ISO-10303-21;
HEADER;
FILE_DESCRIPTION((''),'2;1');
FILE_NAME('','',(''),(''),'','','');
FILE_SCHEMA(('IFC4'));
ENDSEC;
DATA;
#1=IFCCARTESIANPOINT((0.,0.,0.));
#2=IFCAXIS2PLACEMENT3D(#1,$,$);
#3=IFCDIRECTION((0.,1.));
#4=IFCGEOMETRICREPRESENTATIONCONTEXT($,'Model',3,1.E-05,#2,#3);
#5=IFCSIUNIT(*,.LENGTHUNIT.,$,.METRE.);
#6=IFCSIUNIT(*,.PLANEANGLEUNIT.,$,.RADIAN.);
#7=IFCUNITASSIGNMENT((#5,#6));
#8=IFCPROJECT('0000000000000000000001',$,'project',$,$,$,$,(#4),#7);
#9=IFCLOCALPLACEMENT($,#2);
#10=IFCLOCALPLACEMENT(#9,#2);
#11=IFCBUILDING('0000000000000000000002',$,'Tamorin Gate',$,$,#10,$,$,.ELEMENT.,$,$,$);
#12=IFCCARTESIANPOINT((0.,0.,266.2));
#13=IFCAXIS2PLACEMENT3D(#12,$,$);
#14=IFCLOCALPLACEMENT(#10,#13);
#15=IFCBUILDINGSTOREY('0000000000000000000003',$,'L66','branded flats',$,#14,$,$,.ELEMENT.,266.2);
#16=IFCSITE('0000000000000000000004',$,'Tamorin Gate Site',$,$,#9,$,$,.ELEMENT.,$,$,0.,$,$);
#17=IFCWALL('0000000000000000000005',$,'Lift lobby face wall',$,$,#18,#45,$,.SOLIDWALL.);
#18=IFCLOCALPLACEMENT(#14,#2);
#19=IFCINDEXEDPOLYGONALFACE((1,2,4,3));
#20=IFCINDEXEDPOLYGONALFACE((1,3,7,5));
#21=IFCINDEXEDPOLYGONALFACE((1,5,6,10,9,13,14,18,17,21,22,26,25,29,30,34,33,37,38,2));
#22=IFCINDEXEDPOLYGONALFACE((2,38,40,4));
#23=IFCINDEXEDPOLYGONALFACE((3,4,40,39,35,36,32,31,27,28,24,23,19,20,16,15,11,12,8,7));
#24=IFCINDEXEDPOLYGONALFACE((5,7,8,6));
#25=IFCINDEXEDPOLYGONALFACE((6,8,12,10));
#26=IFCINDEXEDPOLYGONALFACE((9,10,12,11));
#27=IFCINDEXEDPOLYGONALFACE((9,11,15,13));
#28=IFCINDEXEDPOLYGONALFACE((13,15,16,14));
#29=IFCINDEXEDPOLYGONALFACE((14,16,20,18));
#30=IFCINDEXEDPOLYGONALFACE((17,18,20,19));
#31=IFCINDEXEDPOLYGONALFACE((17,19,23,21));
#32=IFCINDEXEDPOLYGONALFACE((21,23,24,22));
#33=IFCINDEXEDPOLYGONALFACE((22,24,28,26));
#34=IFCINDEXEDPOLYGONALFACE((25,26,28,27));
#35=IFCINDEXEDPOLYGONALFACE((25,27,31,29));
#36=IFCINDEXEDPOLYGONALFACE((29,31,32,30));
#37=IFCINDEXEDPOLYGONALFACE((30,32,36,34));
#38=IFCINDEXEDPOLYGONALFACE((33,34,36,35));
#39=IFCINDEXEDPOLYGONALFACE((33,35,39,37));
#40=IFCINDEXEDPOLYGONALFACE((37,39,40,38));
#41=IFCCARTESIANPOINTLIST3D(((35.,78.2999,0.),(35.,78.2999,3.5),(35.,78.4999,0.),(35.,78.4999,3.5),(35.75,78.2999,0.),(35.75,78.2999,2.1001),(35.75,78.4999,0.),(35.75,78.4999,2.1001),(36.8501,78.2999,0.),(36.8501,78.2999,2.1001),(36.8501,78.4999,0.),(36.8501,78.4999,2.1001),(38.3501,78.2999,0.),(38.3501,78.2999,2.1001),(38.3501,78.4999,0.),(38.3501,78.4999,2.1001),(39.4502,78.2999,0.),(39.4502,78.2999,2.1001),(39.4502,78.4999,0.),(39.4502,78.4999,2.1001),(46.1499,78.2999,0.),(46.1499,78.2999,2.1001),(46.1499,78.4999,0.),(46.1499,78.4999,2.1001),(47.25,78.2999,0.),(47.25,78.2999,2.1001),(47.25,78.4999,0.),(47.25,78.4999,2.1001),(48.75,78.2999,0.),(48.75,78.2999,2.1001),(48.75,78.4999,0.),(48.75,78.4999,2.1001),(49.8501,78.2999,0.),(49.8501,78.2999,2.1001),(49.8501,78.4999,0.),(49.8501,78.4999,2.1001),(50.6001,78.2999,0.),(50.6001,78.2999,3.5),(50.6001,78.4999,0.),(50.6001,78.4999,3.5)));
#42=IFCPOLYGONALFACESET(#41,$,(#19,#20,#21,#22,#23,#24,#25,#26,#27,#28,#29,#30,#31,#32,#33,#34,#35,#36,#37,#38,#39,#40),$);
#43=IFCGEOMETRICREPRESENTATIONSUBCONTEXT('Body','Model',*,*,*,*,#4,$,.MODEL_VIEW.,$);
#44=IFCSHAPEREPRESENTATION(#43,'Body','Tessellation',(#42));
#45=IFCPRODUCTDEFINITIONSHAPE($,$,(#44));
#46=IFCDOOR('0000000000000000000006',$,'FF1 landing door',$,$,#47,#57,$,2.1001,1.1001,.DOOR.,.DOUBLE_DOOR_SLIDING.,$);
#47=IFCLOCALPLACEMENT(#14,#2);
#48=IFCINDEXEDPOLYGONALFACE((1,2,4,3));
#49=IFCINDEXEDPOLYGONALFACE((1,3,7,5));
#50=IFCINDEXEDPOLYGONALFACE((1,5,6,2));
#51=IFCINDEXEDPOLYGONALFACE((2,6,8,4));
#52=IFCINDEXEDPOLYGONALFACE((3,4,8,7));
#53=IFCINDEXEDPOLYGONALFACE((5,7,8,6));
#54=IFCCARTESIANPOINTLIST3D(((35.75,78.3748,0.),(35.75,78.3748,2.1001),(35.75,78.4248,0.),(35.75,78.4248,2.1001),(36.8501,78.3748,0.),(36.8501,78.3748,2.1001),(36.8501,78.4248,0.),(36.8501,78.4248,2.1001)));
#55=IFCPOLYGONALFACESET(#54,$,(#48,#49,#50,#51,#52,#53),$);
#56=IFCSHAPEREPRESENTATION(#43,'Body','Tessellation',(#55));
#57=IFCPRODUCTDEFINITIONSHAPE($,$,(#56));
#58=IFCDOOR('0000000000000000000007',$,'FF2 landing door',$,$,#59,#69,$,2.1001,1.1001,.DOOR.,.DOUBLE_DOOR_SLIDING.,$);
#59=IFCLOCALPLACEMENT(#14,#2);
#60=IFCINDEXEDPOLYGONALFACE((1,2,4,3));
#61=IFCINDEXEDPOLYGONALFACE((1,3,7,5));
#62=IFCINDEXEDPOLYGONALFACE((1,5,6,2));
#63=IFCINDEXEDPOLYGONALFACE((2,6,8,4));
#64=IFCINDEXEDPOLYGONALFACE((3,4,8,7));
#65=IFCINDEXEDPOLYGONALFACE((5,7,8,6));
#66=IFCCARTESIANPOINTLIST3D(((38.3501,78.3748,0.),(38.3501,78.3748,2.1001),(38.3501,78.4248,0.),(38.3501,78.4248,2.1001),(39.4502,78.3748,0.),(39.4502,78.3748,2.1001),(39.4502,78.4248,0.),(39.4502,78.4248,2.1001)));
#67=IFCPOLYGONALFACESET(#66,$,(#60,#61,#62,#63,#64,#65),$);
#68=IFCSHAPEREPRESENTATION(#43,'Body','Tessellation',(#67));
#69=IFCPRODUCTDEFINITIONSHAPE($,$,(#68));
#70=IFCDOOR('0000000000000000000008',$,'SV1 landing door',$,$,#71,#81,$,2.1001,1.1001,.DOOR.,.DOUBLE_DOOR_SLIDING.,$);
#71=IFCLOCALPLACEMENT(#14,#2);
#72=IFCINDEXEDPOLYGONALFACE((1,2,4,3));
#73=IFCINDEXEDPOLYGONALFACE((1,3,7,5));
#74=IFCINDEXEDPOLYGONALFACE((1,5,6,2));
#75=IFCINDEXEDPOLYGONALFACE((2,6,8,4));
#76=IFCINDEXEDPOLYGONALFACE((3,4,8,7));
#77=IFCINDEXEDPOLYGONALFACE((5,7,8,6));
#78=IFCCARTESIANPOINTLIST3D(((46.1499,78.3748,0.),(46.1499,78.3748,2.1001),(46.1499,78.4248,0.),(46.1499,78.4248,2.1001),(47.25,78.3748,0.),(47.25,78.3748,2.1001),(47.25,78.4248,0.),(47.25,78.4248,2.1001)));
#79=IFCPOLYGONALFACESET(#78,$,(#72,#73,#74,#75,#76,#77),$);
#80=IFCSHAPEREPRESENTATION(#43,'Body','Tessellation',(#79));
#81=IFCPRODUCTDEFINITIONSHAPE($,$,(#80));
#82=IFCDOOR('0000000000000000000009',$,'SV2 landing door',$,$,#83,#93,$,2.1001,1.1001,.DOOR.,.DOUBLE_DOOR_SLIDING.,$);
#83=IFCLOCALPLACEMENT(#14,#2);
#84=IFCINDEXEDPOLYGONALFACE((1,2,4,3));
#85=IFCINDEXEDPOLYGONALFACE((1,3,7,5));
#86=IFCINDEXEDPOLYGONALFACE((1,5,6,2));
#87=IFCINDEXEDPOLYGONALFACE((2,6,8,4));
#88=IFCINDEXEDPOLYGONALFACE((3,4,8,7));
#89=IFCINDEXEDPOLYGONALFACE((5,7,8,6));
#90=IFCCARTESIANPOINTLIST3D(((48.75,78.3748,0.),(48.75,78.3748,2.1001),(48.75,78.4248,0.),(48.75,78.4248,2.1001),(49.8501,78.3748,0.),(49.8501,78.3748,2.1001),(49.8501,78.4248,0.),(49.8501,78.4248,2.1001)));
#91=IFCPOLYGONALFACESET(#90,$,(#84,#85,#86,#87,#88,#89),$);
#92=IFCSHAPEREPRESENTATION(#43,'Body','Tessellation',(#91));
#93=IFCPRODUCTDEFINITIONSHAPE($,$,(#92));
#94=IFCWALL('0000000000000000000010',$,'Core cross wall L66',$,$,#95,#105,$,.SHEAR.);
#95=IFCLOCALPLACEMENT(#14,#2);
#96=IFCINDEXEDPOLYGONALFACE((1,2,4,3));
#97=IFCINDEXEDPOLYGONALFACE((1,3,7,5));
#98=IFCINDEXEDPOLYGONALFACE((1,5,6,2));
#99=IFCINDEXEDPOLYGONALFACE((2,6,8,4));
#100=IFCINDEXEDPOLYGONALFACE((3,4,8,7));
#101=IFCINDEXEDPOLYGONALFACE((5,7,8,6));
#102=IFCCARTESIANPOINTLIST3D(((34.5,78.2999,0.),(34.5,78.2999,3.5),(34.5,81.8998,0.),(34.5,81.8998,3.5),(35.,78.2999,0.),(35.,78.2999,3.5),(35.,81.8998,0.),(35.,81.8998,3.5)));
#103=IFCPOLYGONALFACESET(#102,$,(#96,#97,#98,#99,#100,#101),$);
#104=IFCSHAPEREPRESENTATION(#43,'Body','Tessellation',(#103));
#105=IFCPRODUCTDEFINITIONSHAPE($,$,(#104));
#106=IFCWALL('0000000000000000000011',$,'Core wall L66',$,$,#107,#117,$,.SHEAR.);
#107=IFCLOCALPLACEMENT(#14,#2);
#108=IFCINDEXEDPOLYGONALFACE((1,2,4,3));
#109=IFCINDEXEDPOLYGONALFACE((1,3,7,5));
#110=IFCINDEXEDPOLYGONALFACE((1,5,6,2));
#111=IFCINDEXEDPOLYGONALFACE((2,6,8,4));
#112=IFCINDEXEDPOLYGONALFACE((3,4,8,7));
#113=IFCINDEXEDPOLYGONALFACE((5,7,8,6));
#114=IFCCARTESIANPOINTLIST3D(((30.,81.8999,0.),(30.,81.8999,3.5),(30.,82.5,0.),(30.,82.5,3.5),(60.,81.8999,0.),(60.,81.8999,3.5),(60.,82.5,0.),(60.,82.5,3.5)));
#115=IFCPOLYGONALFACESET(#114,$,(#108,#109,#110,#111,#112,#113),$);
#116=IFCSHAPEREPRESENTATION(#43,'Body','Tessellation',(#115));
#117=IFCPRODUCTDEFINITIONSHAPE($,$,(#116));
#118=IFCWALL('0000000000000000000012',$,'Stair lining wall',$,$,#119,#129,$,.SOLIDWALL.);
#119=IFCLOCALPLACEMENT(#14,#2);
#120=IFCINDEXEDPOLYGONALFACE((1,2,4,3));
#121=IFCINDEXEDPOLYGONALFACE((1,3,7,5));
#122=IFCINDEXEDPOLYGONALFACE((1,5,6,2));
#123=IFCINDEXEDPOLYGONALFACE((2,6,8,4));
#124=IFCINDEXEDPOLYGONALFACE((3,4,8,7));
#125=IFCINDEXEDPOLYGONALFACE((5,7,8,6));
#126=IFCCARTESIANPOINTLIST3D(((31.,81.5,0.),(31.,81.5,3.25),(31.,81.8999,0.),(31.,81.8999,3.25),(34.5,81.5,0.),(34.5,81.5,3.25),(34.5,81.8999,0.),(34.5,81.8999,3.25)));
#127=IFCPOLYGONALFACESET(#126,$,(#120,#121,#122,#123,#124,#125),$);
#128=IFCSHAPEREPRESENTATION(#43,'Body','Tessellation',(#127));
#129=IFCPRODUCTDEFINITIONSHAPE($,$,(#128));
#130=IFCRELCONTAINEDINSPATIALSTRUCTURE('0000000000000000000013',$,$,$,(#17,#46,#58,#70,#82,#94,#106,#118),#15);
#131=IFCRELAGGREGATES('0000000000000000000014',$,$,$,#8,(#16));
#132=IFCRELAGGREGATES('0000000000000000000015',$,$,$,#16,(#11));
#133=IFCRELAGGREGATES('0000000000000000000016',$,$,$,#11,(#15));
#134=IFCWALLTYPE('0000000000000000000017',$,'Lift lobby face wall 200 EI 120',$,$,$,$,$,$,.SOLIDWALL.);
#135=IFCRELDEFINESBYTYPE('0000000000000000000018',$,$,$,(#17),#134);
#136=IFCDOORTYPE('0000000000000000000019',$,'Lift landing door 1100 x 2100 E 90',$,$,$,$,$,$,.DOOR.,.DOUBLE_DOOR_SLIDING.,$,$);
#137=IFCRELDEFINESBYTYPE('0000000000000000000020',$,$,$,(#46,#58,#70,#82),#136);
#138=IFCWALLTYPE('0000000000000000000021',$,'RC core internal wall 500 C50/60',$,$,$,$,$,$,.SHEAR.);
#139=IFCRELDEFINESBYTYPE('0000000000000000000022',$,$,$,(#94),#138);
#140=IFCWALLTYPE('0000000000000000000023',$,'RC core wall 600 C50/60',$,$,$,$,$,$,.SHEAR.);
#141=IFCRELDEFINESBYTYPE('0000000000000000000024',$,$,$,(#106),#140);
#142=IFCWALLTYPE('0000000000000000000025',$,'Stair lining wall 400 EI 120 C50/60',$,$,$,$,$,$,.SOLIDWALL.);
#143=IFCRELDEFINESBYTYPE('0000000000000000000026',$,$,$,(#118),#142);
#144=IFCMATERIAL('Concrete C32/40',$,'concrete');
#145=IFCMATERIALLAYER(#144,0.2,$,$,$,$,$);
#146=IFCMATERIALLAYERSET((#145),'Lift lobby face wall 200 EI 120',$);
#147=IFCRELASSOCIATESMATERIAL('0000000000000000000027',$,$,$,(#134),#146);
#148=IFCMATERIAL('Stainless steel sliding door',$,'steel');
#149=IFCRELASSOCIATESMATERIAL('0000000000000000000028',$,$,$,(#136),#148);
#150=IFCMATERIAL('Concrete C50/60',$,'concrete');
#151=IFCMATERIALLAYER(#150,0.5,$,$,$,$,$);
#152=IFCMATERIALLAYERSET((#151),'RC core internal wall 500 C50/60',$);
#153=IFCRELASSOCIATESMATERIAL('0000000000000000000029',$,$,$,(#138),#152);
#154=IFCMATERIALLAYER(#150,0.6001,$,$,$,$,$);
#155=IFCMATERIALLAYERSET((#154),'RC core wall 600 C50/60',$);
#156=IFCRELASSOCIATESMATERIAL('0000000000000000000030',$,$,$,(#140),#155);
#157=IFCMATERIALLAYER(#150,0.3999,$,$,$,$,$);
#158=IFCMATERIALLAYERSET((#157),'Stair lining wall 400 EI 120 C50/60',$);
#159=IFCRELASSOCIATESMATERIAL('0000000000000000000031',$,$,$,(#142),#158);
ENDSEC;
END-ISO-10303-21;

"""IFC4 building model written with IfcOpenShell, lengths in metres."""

from ifc_helpers import new_model, si_unit, direction, frame, frame_2d, origin, place, context, subcontext, project, spatial, rectangle, extrude, material, layer, layer_set, type_object, element, fill, save


model = new_model("IFC4")

# Units and contexts
model_context = context("Model", 3, precision=1e-05, world=origin(), true_north=direction((0.0, 1.0)))
body_context = subcontext(model_context, "Body", "Model", "MODEL_VIEW")
ifc_project = project(units=[si_unit("LENGTHUNIT", "METRE"), si_unit("PLANEANGLEUNIT", "RADIAN")], contexts=[model_context])

# Site, building, storey
site_placement = place(None, origin())
site = spatial("IfcSite", under=ifc_project, at=site_placement, Name="Tamorin Gate Site", CompositionType="ELEMENT", RefElevation=0.0)
building_placement = place(site_placement, origin())
building = spatial("IfcBuilding", under=site, at=building_placement, Name="Tamorin Gate", CompositionType="ELEMENT")
storey_placement = place(building_placement, frame((0.0, 0.0, 266.2)))
storey = spatial("IfcBuildingStorey", under=building, at=storey_placement, Name="L66", Description="branded flats", CompositionType="ELEMENT", Elevation=266.2)

# Wall, openings, doors
ifc_material_1 = material(Name="Concrete C32/40", Category="concrete")
ifc_layer_1 = layer(ifc_material_1, 0.2)
ifc_layer_set_1 = layer_set([ifc_layer_1], Name="Lift lobby face wall 200 EI 120")
wall_type_1 = type_object("IfcWallType", Name="Lift lobby face wall 200 EI 120", PredefinedType="SOLIDWALL", material=ifc_layer_set_1)
wall_1_placement = place(storey_placement, frame((35.0, 78.3999, 0.0), z_axis=(0.0, 0.0, 1.0), x_axis=(1.0, 0.0, 0.0)))
wall_1 = element("IfcWall", 1, at=wall_1_placement, inside=storey, type_object=wall_type_1, Name="Lift lobby face wall", PredefinedType="SOLIDWALL", context=body_context, shape_type="SweptSolid", body=[
    extrude(rectangle(XDim=15.6001, YDim=0.2, at=frame_2d((7.8, 0.0))), origin(), (0.0, 0.0, 1.0), 3.5),
])
opening_1_placement = place(wall_1_placement, frame((0.75, 0.0, 0.0)))
opening_1 = element("IfcOpeningElement", 2, at=opening_1_placement, cuts=wall_1, PredefinedType="OPENING", context=body_context, shape_type="SweptSolid", body=[
    extrude(rectangle(XDim=1.1001, YDim=2.1001, at=frame_2d((0.55, 1.05))), frame((0.0, 0.1099, 0.0), z_axis=(0.0, -1.0, 0.0), x_axis=(1.0, 0.0, 0.0)), (0.0, 0.0, 1.0), 0.22),
])
opening_2_placement = place(wall_1_placement, frame((3.3501, 0.0, 0.0)))
opening_2 = element("IfcOpeningElement", 3, at=opening_2_placement, cuts=wall_1, PredefinedType="OPENING", context=body_context, shape_type="SweptSolid", body=[
    extrude(rectangle(XDim=1.1001, YDim=2.1001, at=frame_2d((0.55, 1.05))), frame((0.0, 0.1099, 0.0), z_axis=(0.0, -1.0, 0.0), x_axis=(1.0, 0.0, 0.0)), (0.0, 0.0, 1.0), 0.22),
])
opening_3_placement = place(wall_1_placement, frame((11.1499, 0.0, 0.0)))
opening_3 = element("IfcOpeningElement", 4, at=opening_3_placement, cuts=wall_1, PredefinedType="OPENING", context=body_context, shape_type="SweptSolid", body=[
    extrude(rectangle(XDim=1.1001, YDim=2.1001, at=frame_2d((0.55, 1.05))), frame((0.0, 0.1099, 0.0), z_axis=(0.0, -1.0, 0.0), x_axis=(1.0, 0.0, 0.0)), (0.0, 0.0, 1.0), 0.22),
])
opening_4_placement = place(wall_1_placement, frame((13.75, 0.0, 0.0)))
opening_4 = element("IfcOpeningElement", 5, at=opening_4_placement, cuts=wall_1, PredefinedType="OPENING", context=body_context, shape_type="SweptSolid", body=[
    extrude(rectangle(XDim=1.1001, YDim=2.1001, at=frame_2d((0.55, 1.05))), frame((0.0, 0.1099, 0.0), z_axis=(0.0, -1.0, 0.0), x_axis=(1.0, 0.0, 0.0)), (0.0, 0.0, 1.0), 0.22),
])
ifc_material_2 = material(Name="Stainless steel sliding door", Category="steel")
door_type_1 = type_object("IfcDoorType", Name="Lift landing door 1100 x 2100 E 90", OperationType="DOUBLE_DOOR_SLIDING", PredefinedType="DOOR", material=ifc_material_2)
door_1_placement = place(opening_1_placement, origin())
door_1 = element("IfcDoor", 6, at=door_1_placement, inside=storey, type_object=door_type_1, Name="FF1 landing door", OperationType="DOUBLE_DOOR_SLIDING", OverallHeight=2.1001, OverallWidth=1.1001, PredefinedType="DOOR", context=body_context, shape_type="SweptSolid", body=[
    extrude(rectangle(XDim=1.1001, YDim=2.1001, at=frame_2d((0.55, 1.05))), frame((0.0, 0.0249, 0.0), z_axis=(0.0, -1.0, 0.0), x_axis=(1.0, 0.0, 0.0)), (0.0, 0.0, 1.0), 0.05),
])
fill(opening_1, door_1)
door_2_placement = place(opening_2_placement, origin())
door_2 = element("IfcDoor", 7, at=door_2_placement, inside=storey, type_object=door_type_1, Name="FF2 landing door", OperationType="DOUBLE_DOOR_SLIDING", OverallHeight=2.1001, OverallWidth=1.1001, PredefinedType="DOOR", context=body_context, shape_type="SweptSolid", body=[
    extrude(rectangle(XDim=1.1001, YDim=2.1001, at=frame_2d((0.55, 1.05))), frame((0.0, 0.0249, 0.0), z_axis=(0.0, -1.0, 0.0), x_axis=(1.0, 0.0, 0.0)), (0.0, 0.0, 1.0), 0.05),
])
fill(opening_2, door_2)
door_3_placement = place(opening_3_placement, origin())
door_3 = element("IfcDoor", 8, at=door_3_placement, inside=storey, type_object=door_type_1, Name="SV1 landing door", OperationType="DOUBLE_DOOR_SLIDING", OverallHeight=2.1001, OverallWidth=1.1001, PredefinedType="DOOR", context=body_context, shape_type="SweptSolid", body=[
    extrude(rectangle(XDim=1.1001, YDim=2.1001, at=frame_2d((0.55, 1.05))), frame((0.0, 0.0249, 0.0), z_axis=(0.0, -1.0, 0.0), x_axis=(1.0, 0.0, 0.0)), (0.0, 0.0, 1.0), 0.05),
])
fill(opening_3, door_3)
door_4_placement = place(opening_4_placement, origin())
door_4 = element("IfcDoor", 9, at=door_4_placement, inside=storey, type_object=door_type_1, Name="SV2 landing door", OperationType="DOUBLE_DOOR_SLIDING", OverallHeight=2.1001, OverallWidth=1.1001, PredefinedType="DOOR", context=body_context, shape_type="SweptSolid", body=[
    extrude(rectangle(XDim=1.1001, YDim=2.1001, at=frame_2d((0.55, 1.05))), frame((0.0, 0.0249, 0.0), z_axis=(0.0, -1.0, 0.0), x_axis=(1.0, 0.0, 0.0)), (0.0, 0.0, 1.0), 0.05),
])
fill(opening_4, door_4)

# Walls
ifc_material_3 = material(Name="Concrete C50/60", Category="concrete")
ifc_layer_2 = layer(ifc_material_3, 0.5)
ifc_layer_set_2 = layer_set([ifc_layer_2], Name="RC core internal wall 500 C50/60")
wall_type_2 = type_object("IfcWallType", Name="RC core internal wall 500 C50/60", PredefinedType="SHEAR", material=ifc_layer_set_2)
wall_2_placement = place(storey_placement, frame((34.75, 78.3, 0.0), z_axis=(0.0, 0.0, 1.0), x_axis=(0.0, 1.0, 0.0)))
element("IfcWall", 10, at=wall_2_placement, inside=storey, type_object=wall_type_2, Name="Core cross wall L66", PredefinedType="SHEAR", context=body_context, shape_type="SweptSolid", body=[
    extrude(rectangle(XDim=3.5999, YDim=0.5, at=frame_2d((1.7998, 0.0))), origin(), (0.0, 0.0, 1.0), 3.5),
])
ifc_layer_3 = layer(ifc_material_3, 0.6001)
ifc_layer_set_3 = layer_set([ifc_layer_3], Name="RC core wall 600 C50/60")
wall_type_3 = type_object("IfcWallType", Name="RC core wall 600 C50/60", PredefinedType="SHEAR", material=ifc_layer_set_3)
wall_3_placement = place(storey_placement, frame((30.0, 82.2, 0.0), z_axis=(0.0, 0.0, 1.0), x_axis=(1.0, 0.0, 0.0)))
element("IfcWall", 11, at=wall_3_placement, inside=storey, type_object=wall_type_3, Name="Core wall L66", PredefinedType="SHEAR", context=body_context, shape_type="SweptSolid", body=[
    extrude(rectangle(XDim=30.0, YDim=0.6001, at=frame_2d((15.0, 0.0))), origin(), (0.0, 0.0, 1.0), 3.5),
])
ifc_layer_4 = layer(ifc_material_3, 0.3999)
ifc_layer_set_4 = layer_set([ifc_layer_4], Name="Stair lining wall 400 EI 120 C50/60")
wall_type_4 = type_object("IfcWallType", Name="Stair lining wall 400 EI 120 C50/60", PredefinedType="SOLIDWALL", material=ifc_layer_set_4)
wall_4_placement = place(storey_placement, frame((31.0, 81.7, 0.0), z_axis=(0.0, 0.0, 1.0), x_axis=(1.0, 0.0, 0.0)))
element("IfcWall", 12, at=wall_4_placement, inside=storey, type_object=wall_type_4, Name="Stair lining wall", PredefinedType="SOLIDWALL", context=body_context, shape_type="SweptSolid", body=[
    extrude(rectangle(XDim=3.5, YDim=0.3999, at=frame_2d((1.75, 0.0))), origin(), (0.0, 0.0, 1.0), 3.25),
])

save(model, "model.ifc")
